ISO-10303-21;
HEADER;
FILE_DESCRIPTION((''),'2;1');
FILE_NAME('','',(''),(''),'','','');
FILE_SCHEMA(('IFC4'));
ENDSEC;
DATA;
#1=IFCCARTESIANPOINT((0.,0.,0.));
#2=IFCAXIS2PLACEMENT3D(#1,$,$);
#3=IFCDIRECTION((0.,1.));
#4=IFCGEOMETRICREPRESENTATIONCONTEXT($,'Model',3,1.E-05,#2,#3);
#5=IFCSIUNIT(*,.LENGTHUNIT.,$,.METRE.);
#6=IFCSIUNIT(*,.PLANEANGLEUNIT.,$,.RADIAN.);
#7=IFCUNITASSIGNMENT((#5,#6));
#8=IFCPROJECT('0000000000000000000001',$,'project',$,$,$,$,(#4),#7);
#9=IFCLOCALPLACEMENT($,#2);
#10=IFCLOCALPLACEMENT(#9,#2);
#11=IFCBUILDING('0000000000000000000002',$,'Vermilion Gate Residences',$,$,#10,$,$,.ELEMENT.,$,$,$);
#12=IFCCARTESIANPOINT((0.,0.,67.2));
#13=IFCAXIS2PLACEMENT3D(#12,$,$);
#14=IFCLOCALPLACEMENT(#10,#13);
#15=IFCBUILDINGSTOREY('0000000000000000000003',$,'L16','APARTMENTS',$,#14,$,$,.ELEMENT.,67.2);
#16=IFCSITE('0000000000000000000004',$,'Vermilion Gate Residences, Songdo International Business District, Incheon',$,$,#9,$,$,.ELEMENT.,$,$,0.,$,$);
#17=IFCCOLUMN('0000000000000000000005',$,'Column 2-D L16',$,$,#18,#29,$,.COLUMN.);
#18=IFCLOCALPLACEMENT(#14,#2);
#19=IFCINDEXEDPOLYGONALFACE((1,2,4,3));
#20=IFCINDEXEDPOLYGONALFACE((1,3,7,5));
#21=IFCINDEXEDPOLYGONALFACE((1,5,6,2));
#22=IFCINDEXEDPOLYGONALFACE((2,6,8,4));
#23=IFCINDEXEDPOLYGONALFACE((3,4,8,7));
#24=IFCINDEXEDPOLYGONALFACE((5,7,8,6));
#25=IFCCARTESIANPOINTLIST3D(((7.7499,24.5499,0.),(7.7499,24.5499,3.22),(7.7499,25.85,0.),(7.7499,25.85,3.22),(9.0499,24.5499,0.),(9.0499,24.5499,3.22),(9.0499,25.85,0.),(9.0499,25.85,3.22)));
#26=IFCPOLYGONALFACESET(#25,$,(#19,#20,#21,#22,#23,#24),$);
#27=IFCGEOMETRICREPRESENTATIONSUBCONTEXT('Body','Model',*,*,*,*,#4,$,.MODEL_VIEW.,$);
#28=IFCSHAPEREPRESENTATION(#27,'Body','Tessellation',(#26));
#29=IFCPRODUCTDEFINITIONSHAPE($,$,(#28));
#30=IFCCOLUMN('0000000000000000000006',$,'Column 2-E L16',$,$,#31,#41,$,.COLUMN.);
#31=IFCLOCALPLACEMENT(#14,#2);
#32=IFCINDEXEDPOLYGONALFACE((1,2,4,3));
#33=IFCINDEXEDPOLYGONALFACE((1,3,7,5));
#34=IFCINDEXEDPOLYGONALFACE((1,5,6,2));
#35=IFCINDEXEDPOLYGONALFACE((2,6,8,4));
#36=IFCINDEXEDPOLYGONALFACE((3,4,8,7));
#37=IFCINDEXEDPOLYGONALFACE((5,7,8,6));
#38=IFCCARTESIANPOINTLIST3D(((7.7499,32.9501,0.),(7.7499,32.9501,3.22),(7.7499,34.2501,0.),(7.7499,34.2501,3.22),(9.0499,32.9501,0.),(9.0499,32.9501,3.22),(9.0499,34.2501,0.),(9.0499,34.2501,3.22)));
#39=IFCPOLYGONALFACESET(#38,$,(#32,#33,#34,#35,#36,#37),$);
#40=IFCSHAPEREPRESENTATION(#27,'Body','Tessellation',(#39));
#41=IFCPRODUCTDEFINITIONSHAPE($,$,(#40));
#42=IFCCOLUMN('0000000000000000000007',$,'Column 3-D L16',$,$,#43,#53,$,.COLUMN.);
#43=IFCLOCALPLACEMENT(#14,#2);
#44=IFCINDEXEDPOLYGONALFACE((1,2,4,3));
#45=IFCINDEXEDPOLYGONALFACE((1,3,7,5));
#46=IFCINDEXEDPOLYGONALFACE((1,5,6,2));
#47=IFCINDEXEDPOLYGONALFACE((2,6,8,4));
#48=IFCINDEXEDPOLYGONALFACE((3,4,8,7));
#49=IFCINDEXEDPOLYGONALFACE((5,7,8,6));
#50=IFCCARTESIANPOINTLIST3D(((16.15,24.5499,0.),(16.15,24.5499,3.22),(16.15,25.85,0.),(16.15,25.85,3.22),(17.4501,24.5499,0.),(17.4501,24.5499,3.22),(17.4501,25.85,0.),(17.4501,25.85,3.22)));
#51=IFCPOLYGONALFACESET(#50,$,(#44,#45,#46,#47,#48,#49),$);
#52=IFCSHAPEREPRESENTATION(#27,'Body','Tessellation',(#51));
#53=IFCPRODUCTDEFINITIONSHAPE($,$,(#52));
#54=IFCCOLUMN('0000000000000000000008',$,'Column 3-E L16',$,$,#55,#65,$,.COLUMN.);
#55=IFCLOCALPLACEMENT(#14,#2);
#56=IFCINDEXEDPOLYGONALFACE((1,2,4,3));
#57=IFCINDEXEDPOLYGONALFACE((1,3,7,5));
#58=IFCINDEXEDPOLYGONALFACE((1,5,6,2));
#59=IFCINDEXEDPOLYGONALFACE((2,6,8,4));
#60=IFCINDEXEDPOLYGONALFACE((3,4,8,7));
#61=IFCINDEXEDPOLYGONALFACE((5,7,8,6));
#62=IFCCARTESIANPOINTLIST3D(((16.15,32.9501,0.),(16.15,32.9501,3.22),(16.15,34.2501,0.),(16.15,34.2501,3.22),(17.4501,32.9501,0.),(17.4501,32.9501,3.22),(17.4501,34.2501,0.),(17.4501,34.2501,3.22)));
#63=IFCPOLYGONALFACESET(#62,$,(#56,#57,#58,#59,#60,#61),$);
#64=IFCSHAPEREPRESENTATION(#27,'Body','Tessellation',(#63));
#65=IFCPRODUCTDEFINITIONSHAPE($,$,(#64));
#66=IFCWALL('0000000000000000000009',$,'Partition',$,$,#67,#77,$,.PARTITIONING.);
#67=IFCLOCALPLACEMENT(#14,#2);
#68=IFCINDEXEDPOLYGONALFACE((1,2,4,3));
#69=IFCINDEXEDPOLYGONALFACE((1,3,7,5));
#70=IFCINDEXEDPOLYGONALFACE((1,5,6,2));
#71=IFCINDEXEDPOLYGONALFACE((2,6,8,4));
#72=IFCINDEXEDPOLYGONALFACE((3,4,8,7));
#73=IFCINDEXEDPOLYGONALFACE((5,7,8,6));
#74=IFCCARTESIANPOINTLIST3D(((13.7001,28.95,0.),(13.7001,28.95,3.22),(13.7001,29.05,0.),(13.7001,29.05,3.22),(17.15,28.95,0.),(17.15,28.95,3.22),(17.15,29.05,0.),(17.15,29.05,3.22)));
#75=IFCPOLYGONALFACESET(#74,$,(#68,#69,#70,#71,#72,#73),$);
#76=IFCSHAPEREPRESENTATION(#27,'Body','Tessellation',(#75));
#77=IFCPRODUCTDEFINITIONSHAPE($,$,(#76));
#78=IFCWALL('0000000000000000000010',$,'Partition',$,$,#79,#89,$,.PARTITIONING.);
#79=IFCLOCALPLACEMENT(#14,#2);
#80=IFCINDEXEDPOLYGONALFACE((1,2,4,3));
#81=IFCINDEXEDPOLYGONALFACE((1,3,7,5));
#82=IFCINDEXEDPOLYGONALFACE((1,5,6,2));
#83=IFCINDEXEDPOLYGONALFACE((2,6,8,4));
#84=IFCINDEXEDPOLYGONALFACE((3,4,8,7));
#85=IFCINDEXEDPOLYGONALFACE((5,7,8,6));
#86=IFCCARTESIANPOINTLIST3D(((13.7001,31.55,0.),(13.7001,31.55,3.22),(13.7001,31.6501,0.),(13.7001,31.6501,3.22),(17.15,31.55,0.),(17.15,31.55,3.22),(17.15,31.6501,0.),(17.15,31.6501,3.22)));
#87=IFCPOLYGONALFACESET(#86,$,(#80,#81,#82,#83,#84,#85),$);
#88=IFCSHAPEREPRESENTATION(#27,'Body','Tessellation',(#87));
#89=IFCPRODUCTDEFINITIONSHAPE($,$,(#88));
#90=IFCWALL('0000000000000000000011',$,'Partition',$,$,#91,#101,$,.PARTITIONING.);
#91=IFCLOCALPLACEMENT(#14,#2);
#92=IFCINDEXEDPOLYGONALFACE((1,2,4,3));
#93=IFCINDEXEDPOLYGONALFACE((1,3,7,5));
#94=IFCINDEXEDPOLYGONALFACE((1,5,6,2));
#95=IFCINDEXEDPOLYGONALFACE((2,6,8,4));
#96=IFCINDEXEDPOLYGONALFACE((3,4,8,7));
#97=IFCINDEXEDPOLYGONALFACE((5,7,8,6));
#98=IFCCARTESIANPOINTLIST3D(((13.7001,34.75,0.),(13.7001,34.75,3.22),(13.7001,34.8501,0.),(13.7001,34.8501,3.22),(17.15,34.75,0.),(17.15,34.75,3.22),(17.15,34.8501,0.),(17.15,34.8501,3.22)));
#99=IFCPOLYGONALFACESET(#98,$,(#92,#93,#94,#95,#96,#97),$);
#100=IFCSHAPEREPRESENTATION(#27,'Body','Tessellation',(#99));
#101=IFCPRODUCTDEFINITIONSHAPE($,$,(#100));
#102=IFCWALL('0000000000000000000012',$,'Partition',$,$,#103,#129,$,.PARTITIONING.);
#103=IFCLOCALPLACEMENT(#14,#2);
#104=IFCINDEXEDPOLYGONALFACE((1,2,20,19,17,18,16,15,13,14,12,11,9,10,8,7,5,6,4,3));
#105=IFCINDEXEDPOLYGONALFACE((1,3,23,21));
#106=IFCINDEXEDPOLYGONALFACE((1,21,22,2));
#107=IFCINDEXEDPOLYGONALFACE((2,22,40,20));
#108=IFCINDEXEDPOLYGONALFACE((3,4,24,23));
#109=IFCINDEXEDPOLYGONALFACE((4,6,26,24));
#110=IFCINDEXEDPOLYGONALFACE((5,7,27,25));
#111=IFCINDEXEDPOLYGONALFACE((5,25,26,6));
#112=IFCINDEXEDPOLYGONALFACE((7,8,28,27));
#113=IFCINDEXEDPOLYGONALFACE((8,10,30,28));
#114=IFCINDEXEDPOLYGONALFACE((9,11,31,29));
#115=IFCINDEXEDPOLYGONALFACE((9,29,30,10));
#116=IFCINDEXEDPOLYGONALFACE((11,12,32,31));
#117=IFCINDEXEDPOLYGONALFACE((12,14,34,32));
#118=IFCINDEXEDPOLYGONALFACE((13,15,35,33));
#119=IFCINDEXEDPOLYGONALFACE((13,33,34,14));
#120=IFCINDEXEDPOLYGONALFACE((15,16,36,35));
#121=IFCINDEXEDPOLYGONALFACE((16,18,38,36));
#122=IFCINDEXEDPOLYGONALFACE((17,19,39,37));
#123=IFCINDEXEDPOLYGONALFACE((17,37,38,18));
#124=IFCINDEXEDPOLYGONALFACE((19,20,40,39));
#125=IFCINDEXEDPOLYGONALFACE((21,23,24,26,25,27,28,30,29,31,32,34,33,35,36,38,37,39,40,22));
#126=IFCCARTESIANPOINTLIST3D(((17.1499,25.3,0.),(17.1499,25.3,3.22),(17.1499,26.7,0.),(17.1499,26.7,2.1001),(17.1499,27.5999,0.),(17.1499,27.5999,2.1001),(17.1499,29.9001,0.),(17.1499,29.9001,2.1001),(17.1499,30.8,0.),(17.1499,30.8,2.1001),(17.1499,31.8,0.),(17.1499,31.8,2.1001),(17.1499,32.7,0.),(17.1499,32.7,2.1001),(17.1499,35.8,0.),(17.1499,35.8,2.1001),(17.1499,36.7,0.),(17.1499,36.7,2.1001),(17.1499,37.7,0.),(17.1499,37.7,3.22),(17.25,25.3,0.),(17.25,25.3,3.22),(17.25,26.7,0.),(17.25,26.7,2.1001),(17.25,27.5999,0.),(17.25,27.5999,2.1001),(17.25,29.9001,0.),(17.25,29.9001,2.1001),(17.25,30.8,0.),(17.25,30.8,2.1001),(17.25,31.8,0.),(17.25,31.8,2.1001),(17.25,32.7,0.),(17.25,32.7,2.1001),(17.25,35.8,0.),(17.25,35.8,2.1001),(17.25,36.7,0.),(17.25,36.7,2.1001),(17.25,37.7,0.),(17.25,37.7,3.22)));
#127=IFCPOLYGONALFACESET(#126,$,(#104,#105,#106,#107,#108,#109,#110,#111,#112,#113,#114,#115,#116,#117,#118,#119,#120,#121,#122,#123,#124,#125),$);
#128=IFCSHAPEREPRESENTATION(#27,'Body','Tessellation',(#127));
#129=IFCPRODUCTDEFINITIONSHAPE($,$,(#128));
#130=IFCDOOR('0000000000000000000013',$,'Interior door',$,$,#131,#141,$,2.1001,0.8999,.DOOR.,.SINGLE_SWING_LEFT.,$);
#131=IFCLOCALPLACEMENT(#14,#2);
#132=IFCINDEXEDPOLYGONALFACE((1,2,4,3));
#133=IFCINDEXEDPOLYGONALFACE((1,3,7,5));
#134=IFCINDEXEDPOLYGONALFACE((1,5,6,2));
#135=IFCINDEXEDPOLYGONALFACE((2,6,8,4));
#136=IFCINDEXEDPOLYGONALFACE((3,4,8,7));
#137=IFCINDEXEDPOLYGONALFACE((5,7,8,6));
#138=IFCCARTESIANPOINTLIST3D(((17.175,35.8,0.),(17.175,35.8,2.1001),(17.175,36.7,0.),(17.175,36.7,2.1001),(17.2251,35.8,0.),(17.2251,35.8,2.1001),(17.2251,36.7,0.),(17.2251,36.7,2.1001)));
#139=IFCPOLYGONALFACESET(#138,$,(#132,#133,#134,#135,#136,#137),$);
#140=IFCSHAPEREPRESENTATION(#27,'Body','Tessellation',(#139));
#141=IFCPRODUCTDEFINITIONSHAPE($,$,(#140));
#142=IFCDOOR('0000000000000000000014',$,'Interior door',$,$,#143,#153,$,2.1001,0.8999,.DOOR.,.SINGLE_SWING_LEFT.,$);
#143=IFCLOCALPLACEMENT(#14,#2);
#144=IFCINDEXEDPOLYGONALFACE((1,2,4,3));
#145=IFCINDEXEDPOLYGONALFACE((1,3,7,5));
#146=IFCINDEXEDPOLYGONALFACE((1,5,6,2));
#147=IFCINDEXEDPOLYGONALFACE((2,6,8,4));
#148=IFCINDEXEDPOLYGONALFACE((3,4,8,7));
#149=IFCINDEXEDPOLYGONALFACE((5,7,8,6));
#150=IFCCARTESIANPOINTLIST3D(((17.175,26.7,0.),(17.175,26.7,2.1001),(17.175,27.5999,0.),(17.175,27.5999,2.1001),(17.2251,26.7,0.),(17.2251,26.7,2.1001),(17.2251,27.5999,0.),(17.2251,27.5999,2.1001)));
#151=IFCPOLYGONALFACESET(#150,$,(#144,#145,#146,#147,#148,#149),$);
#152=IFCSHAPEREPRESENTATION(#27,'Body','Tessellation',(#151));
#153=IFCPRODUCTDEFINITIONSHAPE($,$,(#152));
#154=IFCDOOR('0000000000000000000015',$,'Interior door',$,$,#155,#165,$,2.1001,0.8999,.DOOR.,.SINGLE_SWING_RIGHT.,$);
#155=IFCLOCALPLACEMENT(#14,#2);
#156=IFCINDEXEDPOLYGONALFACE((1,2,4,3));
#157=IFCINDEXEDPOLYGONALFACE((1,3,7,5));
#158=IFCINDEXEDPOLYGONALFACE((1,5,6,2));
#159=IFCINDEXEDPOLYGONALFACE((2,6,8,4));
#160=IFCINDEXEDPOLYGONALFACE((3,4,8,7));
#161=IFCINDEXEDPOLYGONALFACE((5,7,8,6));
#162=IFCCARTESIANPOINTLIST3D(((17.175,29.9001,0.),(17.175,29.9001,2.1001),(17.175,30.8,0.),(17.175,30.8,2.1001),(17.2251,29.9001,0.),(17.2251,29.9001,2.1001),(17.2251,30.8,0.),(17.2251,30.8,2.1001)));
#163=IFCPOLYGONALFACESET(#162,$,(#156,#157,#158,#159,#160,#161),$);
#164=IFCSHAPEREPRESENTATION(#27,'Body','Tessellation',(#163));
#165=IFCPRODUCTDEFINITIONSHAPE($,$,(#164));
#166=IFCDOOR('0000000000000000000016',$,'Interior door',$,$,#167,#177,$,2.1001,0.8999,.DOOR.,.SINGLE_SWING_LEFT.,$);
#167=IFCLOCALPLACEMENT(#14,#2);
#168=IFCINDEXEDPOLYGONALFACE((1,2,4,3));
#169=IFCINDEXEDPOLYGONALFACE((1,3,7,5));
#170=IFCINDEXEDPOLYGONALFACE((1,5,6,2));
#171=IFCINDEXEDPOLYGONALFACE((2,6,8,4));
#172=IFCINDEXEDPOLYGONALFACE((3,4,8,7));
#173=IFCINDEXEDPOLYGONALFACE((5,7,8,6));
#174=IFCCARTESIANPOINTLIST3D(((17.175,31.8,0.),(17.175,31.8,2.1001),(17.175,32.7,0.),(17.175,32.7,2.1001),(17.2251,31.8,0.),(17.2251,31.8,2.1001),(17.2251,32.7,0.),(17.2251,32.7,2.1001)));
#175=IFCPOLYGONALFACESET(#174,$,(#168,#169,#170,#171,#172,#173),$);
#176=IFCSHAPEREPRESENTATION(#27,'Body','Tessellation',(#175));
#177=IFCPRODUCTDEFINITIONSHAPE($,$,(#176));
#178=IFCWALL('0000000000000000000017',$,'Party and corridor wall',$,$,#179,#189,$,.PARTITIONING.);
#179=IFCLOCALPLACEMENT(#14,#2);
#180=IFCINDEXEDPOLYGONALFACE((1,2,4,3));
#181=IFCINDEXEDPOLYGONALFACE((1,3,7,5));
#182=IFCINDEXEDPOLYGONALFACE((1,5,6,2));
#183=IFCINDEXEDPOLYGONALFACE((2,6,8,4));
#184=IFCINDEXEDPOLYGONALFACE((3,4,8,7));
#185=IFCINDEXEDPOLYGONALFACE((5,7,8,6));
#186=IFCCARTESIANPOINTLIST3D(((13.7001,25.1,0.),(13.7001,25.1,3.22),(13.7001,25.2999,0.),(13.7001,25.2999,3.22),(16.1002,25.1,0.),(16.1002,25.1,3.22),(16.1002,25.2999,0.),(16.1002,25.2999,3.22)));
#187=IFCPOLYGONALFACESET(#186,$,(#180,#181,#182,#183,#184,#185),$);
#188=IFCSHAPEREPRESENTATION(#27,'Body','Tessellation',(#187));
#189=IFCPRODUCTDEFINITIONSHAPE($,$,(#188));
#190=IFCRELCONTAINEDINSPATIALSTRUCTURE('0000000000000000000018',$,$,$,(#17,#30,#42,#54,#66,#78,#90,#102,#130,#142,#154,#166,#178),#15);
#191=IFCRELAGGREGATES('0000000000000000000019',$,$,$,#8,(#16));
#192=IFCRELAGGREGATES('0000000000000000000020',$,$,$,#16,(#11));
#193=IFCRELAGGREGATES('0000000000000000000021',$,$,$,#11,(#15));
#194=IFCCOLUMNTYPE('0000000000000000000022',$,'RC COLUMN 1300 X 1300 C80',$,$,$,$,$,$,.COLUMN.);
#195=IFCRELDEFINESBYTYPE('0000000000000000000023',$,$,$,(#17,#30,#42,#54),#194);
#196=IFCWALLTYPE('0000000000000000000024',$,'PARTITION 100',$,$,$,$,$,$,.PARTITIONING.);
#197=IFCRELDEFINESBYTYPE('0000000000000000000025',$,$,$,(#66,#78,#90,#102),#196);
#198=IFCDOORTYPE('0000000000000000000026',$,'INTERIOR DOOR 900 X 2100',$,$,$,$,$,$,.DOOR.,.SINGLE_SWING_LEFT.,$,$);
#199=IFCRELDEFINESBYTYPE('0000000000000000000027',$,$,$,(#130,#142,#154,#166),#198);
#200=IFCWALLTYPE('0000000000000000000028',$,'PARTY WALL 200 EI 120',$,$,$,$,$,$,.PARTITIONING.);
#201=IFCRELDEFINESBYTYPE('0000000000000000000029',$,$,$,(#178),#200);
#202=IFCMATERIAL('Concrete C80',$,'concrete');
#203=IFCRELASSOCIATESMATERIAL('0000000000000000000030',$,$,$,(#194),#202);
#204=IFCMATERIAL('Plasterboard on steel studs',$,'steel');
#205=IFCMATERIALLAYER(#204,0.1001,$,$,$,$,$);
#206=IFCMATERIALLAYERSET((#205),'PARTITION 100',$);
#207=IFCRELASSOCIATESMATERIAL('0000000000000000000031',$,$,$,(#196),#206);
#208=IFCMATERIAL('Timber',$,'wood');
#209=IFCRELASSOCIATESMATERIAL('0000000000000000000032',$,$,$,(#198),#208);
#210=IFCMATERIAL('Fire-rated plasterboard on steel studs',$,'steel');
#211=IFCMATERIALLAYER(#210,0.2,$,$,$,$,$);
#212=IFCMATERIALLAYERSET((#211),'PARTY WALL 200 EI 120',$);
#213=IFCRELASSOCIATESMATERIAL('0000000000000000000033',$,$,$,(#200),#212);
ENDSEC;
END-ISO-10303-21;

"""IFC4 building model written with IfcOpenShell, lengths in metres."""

from ifc_helpers import new_model, si_unit, direction, frame, frame_2d, origin, origin_2d, place, context, subcontext, project, spatial, rectangle, extrude, material, layer, layer_set, material_profile, profile_set, type_object, element, fill, save


model = new_model("IFC4")

# Units and contexts
model_context = context("Model", 3, precision=1e-05, world=origin(), true_north=direction((0.0, 1.0)))
body_context = subcontext(model_context, "Body", "Model", "MODEL_VIEW")
ifc_project = project(units=[si_unit("LENGTHUNIT", "METRE"), si_unit("PLANEANGLEUNIT", "RADIAN")], contexts=[model_context])

# Site, building, storey
site_placement = place(None, origin())
site = spatial("IfcSite", under=ifc_project, at=site_placement, Name="Vermilion Gate Residences, Songdo International Business District, Incheon", CompositionType="ELEMENT", RefElevation=0.0)
building_placement = place(site_placement, origin())
building = spatial("IfcBuilding", under=site, at=building_placement, Name="Vermilion Gate Residences", CompositionType="ELEMENT")
storey_placement = place(building_placement, frame((0.0, 0.0, 67.2)))
storey = spatial("IfcBuildingStorey", under=building, at=storey_placement, Name="L16", Description="APARTMENTS", CompositionType="ELEMENT", Elevation=67.2)

# Columns
ifc_material_1 = material(Name="Concrete C80", Category="concrete")
ifc_material_profile = material_profile(ifc_material_1, rectangle(XDim=1.3, YDim=1.3, at=origin_2d()), Name="RC-1300x1300")
ifc_profile_set = profile_set([ifc_material_profile], Name="Concrete C80")
column_type = type_object("IfcColumnType", Name="RC COLUMN 1300 X 1300 C80", PredefinedType="COLUMN", material=ifc_profile_set)
for number, where, z_axis, x_axis, name in (
    (1, (8.3999, 25.2, 0.0), (0.0, 0.0, 1.0), (1.0, 0.0, 0.0), "Column 2-D L16"),
    (2, (8.3999, 33.6001, 0.0), (0.0, 0.0, 1.0), (1.0, 0.0, 0.0), "Column 2-E L16"),
    (3, (16.8, 25.2, 0.0), (0.0, 0.0, 1.0), (1.0, 0.0, 0.0), "Column 3-D L16"),
    (4, (16.8, 33.6001, 0.0), (0.0, 0.0, 1.0), (1.0, 0.0, 0.0), "Column 3-E L16"),
):
    element("IfcColumn", number, at=place(storey_placement, frame(where, z_axis=z_axis, x_axis=x_axis)), inside=storey, type_object=column_type, Name=name, PredefinedType="COLUMN", context=body_context, shape_type="SweptSolid", body=[
        extrude(rectangle(XDim=1.3, YDim=1.3, at=origin_2d()), origin(), (0.0, 0.0, 1.0), 3.22),
    ])

# Walls
ifc_material_2 = material(Name="Plasterboard on steel studs", Category="steel")
ifc_layer_1 = layer(ifc_material_2, 0.1001)
ifc_layer_set_1 = layer_set([ifc_layer_1], Name="PARTITION 100")
wall_type_1 = type_object("IfcWallType", Name="PARTITION 100", PredefinedType="PARTITIONING", material=ifc_layer_set_1)
for number, where, z_axis, x_axis, name in (
    (5, (13.7, 29.0, 0.0), (0.0, 0.0, 1.0), (1.0, 0.0, 0.0), "Partition"),
    (6, (13.7, 31.6001, 0.0), (0.0, 0.0, 1.0), (1.0, 0.0, 0.0), "Partition"),
    (7, (13.7, 34.8, 0.0), (0.0, 0.0, 1.0), (1.0, 0.0, 0.0), "Partition"),
):
    element("IfcWall", number, at=place(storey_placement, frame(where, z_axis=z_axis, x_axis=x_axis)), inside=storey, type_object=wall_type_1, Name=name, PredefinedType="PARTITIONING", context=body_context, shape_type="SweptSolid", body=[
        extrude(rectangle(XDim=3.45, YDim=0.1001, at=frame_2d((1.7251, 0.0))), origin(), (0.0, 0.0, 1.0), 3.22),
    ])

# Wall, openings, doors
wall_1_placement = place(storey_placement, frame((17.2, 25.3, 0.0), z_axis=(0.0, 0.0, 1.0), x_axis=(0.0, 1.0, 0.0)))
wall_1 = element("IfcWall", 8, at=wall_1_placement, inside=storey, type_object=wall_type_1, Name="Partition", PredefinedType="PARTITIONING", context=body_context, shape_type="SweptSolid", body=[
    extrude(rectangle(XDim=12.3999, YDim=0.1001, at=frame_2d((6.2, 0.0))), origin(), (0.0, 0.0, 1.0), 3.22),
])
opening_1_placement = place(wall_1_placement, frame((10.5, 0.0, 0.0)))
opening_1 = element("IfcOpeningElement", 9, at=opening_1_placement, cuts=wall_1, PredefinedType="OPENING", context=body_context, shape_type="SweptSolid", body=[
    extrude(rectangle(XDim=0.8999, YDim=2.1001, at=frame_2d((0.45, 1.05))), frame((0.0, 0.0601, 0.0), z_axis=(0.0, -1.0, 0.0), x_axis=(1.0, 0.0, 0.0)), (0.0, 0.0, 1.0), 0.1201),
])
opening_2_placement = place(wall_1_placement, frame((1.3999, 0.0, 0.0)))
opening_2 = element("IfcOpeningElement", 10, at=opening_2_placement, cuts=wall_1, PredefinedType="OPENING", context=body_context, shape_type="SweptSolid", body=[
    extrude(rectangle(XDim=0.8999, YDim=2.1001, at=frame_2d((0.45, 1.05))), frame((0.0, 0.0601, 0.0), z_axis=(0.0, -1.0, 0.0), x_axis=(1.0, 0.0, 0.0)), (0.0, 0.0, 1.0), 0.1201),
])
opening_3_placement = place(wall_1_placement, frame((4.6001, 0.0, 0.0)))
opening_3 = element("IfcOpeningElement", 11, at=opening_3_placement, cuts=wall_1, PredefinedType="OPENING", context=body_context, shape_type="SweptSolid", body=[
    extrude(rectangle(XDim=0.8999, YDim=2.1001, at=frame_2d((0.45, 1.05))), frame((0.0, 0.0601, 0.0), z_axis=(0.0, -1.0, 0.0), x_axis=(1.0, 0.0, 0.0)), (0.0, 0.0, 1.0), 0.1201),
])
opening_4_placement = place(wall_1_placement, frame((6.5, 0.0, 0.0)))
opening_4 = element("IfcOpeningElement", 12, at=opening_4_placement, cuts=wall_1, PredefinedType="OPENING", context=body_context, shape_type="SweptSolid", body=[
    extrude(rectangle(XDim=0.8999, YDim=2.1001, at=frame_2d((0.45, 1.05))), frame((0.0, 0.0601, 0.0), z_axis=(0.0, -1.0, 0.0), x_axis=(1.0, 0.0, 0.0)), (0.0, 0.0, 1.0), 0.1201),
])
ifc_material_3 = material(Name="Timber", Category="wood")
door_type = type_object("IfcDoorType", Name="INTERIOR DOOR 900 X 2100", OperationType="SINGLE_SWING_LEFT", PredefinedType="DOOR", material=ifc_material_3)
door_1_placement = place(opening_1_placement, origin())
door_1 = element("IfcDoor", 13, at=door_1_placement, inside=storey, type_object=door_type, Name="Interior door", OperationType="SINGLE_SWING_LEFT", OverallHeight=2.1001, OverallWidth=0.8999, PredefinedType="DOOR", context=body_context, shape_type="SweptSolid", body=[
    extrude(rectangle(XDim=0.8999, YDim=2.1001, at=frame_2d((0.45, 1.05))), frame((0.0, 0.0249, 0.0), z_axis=(0.0, -1.0, 0.0), x_axis=(1.0, 0.0, 0.0)), (0.0, 0.0, 1.0), 0.05),
])
fill(opening_1, door_1)
door_2_placement = place(opening_2_placement, origin())
door_2 = element("IfcDoor", 14, at=door_2_placement, inside=storey, type_object=door_type, Name="Interior door", OperationType="SINGLE_SWING_LEFT", OverallHeight=2.1001, OverallWidth=0.8999, PredefinedType="DOOR", context=body_context, shape_type="SweptSolid", body=[
    extrude(rectangle(XDim=0.8999, YDim=2.1001, at=frame_2d((0.45, 1.05))), frame((0.0, 0.0249, 0.0), z_axis=(0.0, -1.0, 0.0), x_axis=(1.0, 0.0, 0.0)), (0.0, 0.0, 1.0), 0.05),
])
fill(opening_2, door_2)
door_3_placement = place(opening_3_placement, origin())
door_3 = element("IfcDoor", 15, at=door_3_placement, inside=storey, type_object=door_type, Name="Interior door", OperationType="SINGLE_SWING_RIGHT", OverallHeight=2.1001, OverallWidth=0.8999, PredefinedType="DOOR", context=body_context, shape_type="SweptSolid", body=[
    extrude(rectangle(XDim=0.8999, YDim=2.1001, at=frame_2d((0.45, 1.05))), frame((0.0, 0.0249, 0.0), z_axis=(0.0, -1.0, 0.0), x_axis=(1.0, 0.0, 0.0)), (0.0, 0.0, 1.0), 0.05),
])
fill(opening_3, door_3)
door_4_placement = place(opening_4_placement, origin())
door_4 = element("IfcDoor", 16, at=door_4_placement, inside=storey, type_object=door_type, Name="Interior door", OperationType="SINGLE_SWING_LEFT", OverallHeight=2.1001, OverallWidth=0.8999, PredefinedType="DOOR", context=body_context, shape_type="SweptSolid", body=[
    extrude(rectangle(XDim=0.8999, YDim=2.1001, at=frame_2d((0.45, 1.05))), frame((0.0, 0.0249, 0.0), z_axis=(0.0, -1.0, 0.0), x_axis=(1.0, 0.0, 0.0)), (0.0, 0.0, 1.0), 0.05),
])
fill(opening_4, door_4)

# Wall
ifc_material_4 = material(Name="Fire-rated plasterboard on steel studs", Category="steel")
ifc_layer_2 = layer(ifc_material_4, 0.2)
ifc_layer_set_2 = layer_set([ifc_layer_2], Name="PARTY WALL 200 EI 120")
wall_type_2 = type_object("IfcWallType", Name="PARTY WALL 200 EI 120", PredefinedType="PARTITIONING", material=ifc_layer_set_2)
wall_2_placement = place(storey_placement, frame((13.7, 25.2, 0.0), z_axis=(0.0, 0.0, 1.0), x_axis=(1.0, 0.0, 0.0)))
element("IfcWall", 17, at=wall_2_placement, inside=storey, type_object=wall_type_2, Name="Party and corridor wall", PredefinedType="PARTITIONING", context=body_context, shape_type="SweptSolid", body=[
    extrude(rectangle(XDim=2.4001, YDim=0.2, at=frame_2d((1.2002, 0.0))), origin(), (0.0, 0.0, 1.0), 3.22),
])

save(model, "model.ifc")
